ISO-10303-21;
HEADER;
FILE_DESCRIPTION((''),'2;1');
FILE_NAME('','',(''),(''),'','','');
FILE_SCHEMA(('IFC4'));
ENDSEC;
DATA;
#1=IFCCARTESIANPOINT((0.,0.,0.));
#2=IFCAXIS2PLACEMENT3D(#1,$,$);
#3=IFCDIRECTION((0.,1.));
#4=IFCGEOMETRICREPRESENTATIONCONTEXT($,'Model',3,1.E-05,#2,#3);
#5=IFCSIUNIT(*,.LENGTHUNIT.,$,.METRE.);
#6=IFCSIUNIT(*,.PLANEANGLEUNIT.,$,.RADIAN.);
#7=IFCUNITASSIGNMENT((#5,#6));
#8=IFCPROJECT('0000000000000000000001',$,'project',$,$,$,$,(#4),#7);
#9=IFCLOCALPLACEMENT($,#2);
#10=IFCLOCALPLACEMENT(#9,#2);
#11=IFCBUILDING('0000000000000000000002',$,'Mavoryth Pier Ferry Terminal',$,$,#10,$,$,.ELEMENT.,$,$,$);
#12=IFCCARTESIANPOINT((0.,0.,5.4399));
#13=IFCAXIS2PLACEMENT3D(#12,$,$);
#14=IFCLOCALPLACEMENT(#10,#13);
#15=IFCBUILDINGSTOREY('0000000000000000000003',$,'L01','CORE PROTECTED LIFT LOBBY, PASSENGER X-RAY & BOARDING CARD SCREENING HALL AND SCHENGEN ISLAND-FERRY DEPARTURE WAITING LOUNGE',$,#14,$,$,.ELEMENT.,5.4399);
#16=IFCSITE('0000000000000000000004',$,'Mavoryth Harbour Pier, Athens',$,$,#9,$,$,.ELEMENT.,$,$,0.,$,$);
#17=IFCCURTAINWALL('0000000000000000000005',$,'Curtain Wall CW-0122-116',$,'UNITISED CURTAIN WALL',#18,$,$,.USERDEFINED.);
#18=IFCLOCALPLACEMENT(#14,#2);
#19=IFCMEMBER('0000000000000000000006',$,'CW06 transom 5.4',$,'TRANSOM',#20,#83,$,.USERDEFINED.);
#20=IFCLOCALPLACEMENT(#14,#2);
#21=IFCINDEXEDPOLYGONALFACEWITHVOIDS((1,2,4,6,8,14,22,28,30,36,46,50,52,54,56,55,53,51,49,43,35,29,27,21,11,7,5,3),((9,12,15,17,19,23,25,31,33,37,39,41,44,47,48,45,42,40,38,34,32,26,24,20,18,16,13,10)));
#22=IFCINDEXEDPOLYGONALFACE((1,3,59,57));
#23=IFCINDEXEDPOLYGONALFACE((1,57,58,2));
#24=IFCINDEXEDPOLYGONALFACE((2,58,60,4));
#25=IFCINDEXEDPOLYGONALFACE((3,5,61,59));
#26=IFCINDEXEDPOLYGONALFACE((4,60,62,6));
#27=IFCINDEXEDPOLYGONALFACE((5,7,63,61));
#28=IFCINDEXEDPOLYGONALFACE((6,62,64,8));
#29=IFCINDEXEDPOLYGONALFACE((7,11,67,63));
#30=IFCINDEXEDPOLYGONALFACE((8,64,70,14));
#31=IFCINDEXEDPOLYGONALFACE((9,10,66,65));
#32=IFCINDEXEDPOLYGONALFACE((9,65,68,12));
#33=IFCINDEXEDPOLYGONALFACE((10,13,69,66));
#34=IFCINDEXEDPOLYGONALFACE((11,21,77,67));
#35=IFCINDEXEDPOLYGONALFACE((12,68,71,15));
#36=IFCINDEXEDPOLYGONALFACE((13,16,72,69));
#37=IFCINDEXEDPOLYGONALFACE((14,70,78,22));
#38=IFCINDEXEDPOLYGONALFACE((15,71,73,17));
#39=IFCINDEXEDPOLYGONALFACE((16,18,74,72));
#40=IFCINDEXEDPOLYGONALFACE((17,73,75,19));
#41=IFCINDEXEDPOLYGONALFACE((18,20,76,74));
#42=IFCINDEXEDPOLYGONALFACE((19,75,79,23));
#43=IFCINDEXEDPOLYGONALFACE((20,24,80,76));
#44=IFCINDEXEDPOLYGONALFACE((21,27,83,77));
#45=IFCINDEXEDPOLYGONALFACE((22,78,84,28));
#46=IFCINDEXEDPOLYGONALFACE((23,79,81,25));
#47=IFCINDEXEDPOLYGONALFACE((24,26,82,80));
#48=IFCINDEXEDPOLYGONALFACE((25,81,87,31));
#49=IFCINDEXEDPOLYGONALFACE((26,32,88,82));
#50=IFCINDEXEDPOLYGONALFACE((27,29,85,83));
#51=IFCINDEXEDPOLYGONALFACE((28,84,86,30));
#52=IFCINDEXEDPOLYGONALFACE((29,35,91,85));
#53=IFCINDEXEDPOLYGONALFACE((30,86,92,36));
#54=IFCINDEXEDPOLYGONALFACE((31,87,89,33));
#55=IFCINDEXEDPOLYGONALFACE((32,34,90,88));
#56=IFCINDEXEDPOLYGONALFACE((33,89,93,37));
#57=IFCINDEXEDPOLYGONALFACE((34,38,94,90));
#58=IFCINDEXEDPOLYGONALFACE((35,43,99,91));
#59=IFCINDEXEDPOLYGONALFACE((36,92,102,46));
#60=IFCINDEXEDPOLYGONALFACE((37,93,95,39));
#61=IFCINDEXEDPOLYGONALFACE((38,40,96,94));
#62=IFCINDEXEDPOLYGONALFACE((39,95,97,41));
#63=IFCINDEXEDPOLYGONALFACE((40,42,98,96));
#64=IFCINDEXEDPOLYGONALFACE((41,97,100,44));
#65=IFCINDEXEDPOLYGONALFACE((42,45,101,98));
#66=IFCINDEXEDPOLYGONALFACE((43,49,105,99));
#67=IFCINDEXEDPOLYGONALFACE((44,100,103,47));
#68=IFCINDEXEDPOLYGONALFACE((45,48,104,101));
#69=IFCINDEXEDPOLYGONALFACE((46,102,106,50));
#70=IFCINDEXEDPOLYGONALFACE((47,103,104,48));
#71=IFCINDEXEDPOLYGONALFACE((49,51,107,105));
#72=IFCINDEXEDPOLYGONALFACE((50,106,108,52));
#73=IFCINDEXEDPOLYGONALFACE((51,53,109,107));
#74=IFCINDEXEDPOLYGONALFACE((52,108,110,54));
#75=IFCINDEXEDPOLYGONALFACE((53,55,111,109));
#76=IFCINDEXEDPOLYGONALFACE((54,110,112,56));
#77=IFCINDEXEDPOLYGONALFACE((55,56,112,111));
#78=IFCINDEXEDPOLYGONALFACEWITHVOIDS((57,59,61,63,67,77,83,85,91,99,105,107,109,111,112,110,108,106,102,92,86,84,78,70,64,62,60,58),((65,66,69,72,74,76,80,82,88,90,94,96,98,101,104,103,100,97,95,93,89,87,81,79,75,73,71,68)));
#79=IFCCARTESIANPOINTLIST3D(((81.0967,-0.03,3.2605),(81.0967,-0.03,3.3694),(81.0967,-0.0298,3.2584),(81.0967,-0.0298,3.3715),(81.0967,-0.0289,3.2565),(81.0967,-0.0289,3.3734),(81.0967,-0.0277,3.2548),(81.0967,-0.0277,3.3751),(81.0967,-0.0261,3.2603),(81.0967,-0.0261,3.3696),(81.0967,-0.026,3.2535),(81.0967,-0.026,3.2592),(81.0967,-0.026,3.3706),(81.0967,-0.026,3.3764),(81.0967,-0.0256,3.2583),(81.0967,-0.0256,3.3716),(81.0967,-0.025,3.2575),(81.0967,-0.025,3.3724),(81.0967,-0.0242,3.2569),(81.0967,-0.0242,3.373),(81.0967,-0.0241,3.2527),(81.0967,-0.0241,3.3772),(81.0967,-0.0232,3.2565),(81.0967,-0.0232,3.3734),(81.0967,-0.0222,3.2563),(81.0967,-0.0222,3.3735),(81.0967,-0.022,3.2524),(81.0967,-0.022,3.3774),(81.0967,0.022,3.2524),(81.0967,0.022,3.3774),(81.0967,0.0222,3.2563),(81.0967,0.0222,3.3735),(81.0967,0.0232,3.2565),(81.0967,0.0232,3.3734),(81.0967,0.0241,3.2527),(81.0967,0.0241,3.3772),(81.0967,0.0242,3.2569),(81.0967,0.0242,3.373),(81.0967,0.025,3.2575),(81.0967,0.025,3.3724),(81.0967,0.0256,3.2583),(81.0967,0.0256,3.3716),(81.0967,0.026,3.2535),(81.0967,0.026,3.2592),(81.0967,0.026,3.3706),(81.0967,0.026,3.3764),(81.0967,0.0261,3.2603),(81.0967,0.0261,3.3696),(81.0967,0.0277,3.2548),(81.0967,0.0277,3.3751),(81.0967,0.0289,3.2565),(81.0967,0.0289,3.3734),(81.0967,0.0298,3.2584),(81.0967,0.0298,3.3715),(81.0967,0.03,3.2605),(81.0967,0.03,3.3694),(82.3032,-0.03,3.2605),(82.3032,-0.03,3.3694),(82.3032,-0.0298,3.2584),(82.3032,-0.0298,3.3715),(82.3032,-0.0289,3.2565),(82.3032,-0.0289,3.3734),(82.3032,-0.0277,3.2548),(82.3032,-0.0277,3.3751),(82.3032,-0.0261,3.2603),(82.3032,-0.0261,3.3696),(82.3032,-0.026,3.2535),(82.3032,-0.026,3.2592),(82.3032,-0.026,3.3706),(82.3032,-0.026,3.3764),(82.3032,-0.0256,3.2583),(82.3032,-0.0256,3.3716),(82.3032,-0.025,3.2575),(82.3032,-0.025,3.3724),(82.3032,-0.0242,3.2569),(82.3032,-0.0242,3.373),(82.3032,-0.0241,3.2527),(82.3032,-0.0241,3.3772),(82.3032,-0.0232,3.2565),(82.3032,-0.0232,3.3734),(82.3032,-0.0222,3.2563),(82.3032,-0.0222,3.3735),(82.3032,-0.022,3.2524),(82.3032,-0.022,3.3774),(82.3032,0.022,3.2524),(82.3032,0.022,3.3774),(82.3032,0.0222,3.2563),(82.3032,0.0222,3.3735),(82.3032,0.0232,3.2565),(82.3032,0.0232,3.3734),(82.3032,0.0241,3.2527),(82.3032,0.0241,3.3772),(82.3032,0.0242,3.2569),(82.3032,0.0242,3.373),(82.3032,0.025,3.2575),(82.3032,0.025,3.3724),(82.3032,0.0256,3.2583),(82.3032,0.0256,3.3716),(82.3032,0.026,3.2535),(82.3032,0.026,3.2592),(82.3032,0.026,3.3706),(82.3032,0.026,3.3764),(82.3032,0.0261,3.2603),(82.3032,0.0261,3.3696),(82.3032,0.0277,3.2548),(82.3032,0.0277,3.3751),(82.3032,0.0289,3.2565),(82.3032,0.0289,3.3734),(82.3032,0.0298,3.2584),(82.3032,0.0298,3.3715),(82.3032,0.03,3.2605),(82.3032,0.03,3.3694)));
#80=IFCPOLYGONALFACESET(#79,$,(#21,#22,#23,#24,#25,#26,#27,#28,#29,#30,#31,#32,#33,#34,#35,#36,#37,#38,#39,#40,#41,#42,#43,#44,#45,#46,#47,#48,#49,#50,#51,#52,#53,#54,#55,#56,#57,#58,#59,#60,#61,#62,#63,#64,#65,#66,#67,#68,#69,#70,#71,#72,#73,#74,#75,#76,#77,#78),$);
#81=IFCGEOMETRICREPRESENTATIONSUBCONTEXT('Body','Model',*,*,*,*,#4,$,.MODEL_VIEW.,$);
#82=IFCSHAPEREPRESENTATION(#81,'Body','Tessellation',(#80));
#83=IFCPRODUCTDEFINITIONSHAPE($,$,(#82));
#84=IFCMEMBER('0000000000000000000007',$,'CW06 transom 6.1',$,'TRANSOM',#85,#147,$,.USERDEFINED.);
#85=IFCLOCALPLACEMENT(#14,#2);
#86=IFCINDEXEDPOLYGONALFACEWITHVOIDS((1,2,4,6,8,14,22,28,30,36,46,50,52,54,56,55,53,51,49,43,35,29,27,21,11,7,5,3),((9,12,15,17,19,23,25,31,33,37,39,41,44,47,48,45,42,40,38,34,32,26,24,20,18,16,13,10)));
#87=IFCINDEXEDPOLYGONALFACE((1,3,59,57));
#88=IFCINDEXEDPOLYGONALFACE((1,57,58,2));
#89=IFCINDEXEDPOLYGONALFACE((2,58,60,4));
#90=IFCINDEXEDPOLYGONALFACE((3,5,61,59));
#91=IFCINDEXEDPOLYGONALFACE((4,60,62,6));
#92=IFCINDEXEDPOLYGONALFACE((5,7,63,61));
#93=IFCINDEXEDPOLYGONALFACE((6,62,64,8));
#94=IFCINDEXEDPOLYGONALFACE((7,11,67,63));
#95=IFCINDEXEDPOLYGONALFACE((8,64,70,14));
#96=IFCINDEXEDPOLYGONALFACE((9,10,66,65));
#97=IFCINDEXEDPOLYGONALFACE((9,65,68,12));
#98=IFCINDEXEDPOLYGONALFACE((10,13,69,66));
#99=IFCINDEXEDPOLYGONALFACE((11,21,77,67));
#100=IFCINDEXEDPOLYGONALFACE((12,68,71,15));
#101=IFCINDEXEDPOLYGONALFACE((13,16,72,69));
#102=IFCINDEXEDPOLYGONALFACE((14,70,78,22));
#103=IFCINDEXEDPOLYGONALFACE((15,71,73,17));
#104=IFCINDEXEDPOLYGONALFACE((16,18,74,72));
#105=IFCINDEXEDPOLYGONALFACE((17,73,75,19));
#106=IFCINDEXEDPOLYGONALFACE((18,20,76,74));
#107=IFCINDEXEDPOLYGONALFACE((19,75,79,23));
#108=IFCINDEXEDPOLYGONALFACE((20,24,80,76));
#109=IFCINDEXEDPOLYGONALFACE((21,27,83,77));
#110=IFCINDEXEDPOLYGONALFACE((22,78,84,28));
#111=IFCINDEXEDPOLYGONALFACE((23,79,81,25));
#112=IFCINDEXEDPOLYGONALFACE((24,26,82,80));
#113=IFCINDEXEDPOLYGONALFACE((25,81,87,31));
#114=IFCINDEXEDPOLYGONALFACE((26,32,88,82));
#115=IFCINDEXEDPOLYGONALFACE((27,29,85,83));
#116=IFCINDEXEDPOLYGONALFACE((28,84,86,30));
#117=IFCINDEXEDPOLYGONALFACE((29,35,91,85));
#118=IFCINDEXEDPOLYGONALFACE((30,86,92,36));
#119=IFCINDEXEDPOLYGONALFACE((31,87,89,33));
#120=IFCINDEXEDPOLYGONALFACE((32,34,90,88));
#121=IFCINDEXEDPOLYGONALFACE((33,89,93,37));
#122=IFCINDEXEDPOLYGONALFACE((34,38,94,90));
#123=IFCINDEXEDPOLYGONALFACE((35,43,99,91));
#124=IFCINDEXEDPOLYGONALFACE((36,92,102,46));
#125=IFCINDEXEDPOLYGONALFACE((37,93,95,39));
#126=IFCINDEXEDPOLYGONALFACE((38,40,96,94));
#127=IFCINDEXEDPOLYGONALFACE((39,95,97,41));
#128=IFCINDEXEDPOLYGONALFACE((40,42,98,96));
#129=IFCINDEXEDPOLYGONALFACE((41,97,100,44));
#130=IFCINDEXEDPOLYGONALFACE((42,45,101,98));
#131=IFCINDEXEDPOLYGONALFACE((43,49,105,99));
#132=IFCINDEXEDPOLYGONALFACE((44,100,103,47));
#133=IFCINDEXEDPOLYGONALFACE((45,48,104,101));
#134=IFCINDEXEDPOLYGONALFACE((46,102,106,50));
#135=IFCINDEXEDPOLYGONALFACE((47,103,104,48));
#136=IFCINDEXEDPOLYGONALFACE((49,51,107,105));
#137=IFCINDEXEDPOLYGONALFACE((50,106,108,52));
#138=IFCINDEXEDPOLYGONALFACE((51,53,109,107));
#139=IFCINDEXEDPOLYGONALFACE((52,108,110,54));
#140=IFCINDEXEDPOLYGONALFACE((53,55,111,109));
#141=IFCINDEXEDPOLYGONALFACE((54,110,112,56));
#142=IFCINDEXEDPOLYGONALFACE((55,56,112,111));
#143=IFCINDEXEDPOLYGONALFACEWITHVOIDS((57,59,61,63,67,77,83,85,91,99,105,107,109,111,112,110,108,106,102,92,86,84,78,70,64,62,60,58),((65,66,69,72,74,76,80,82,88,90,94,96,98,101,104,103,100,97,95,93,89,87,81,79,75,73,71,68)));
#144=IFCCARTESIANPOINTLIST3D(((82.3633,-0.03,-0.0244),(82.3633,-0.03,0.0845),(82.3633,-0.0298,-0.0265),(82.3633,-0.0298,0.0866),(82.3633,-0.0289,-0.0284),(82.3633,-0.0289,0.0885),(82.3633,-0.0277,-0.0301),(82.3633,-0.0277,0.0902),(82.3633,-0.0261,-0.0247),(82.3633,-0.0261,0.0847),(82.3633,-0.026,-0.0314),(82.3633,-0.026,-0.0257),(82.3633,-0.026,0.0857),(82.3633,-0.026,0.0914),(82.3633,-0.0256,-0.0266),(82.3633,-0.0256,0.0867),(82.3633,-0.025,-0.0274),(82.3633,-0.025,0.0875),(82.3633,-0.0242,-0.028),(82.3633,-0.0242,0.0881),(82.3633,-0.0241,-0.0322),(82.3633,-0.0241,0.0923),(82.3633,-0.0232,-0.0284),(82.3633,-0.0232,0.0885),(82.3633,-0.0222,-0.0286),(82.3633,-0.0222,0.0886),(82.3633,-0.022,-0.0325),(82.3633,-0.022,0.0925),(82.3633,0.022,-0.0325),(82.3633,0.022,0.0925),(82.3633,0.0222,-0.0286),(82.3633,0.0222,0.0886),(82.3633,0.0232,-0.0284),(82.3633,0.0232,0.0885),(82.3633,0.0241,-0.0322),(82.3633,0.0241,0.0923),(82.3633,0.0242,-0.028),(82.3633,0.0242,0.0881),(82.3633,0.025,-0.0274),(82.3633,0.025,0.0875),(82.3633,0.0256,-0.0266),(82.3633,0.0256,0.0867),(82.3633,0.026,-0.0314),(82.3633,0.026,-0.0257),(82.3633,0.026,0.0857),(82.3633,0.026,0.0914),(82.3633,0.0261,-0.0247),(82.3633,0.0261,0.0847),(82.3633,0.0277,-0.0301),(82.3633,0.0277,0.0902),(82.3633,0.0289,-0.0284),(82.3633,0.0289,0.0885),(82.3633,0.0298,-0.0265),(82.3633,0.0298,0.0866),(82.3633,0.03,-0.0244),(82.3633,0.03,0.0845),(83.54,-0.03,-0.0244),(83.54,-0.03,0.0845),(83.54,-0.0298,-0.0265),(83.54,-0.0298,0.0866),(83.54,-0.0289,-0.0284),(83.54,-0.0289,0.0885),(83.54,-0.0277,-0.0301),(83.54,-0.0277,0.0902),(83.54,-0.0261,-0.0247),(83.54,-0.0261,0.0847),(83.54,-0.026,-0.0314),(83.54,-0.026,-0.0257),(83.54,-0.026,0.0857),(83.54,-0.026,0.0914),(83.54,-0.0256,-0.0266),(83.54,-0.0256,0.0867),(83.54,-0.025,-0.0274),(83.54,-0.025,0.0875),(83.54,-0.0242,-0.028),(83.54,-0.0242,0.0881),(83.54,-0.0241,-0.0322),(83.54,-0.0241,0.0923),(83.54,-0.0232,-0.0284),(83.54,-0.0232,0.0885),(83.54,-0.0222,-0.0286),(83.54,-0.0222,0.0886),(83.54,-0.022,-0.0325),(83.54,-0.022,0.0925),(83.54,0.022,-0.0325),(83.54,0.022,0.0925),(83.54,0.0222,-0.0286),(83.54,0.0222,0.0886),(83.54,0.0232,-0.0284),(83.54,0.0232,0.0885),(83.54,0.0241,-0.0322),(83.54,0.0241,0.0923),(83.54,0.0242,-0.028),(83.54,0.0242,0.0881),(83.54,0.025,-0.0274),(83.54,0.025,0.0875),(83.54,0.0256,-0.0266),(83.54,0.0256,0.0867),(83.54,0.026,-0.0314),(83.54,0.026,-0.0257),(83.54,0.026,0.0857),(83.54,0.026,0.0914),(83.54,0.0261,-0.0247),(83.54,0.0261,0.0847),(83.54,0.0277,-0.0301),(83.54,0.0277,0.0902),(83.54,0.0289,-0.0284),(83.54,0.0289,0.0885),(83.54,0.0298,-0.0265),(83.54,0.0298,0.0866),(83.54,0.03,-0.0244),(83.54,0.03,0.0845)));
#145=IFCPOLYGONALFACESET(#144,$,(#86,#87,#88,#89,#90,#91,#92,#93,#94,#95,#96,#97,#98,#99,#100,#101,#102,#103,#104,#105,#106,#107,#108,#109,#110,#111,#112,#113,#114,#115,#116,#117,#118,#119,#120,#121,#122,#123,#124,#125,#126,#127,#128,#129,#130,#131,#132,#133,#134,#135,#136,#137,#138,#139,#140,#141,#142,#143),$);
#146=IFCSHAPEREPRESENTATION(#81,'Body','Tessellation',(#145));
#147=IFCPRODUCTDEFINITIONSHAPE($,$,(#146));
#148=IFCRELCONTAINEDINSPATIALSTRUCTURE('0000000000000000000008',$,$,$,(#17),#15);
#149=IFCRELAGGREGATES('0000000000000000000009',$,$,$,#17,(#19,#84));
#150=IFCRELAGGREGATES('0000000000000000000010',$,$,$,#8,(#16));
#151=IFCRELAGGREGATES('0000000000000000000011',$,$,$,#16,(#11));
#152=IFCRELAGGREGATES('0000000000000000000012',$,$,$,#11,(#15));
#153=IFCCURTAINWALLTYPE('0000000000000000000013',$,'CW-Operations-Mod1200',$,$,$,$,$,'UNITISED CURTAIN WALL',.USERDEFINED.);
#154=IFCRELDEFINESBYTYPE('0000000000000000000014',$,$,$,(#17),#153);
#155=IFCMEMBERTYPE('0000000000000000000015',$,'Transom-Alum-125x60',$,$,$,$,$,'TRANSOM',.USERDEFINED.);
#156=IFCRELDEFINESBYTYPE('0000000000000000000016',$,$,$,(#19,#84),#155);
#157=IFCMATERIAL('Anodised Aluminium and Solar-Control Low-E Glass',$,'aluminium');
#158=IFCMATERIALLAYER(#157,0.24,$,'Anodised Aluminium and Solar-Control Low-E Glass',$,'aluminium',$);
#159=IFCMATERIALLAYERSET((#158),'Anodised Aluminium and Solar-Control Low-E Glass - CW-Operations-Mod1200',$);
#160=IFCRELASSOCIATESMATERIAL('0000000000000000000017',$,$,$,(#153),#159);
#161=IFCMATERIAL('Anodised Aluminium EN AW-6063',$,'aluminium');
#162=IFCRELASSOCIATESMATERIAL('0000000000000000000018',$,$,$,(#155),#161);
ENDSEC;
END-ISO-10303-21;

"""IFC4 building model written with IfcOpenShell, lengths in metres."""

from ifc_helpers import new_model, si_unit, direction, frame, origin, origin_2d, place, context, subcontext, project, spatial, hollow_rectangle, extrude, material, layer, layer_set, material_profile, profile_set, type_object, element, aggregate, save


model = new_model("IFC4")

# Units and contexts
model_context = context("Model", 3, precision=1e-05, world=origin(), true_north=direction((0.0, 1.0)))
body_context = subcontext(model_context, "Body", "Model", "MODEL_VIEW")
ifc_project = project(units=[si_unit("LENGTHUNIT", "METRE"), si_unit("PLANEANGLEUNIT", "RADIAN")], contexts=[model_context])

# Site, building, storey
site_placement = place(None, origin())
site = spatial("IfcSite", under=ifc_project, at=site_placement, Name="Mavoryth Harbour Pier, Athens", CompositionType="ELEMENT", RefElevation=0.0)
building_placement = place(site_placement, origin())
building = spatial("IfcBuilding", under=site, at=building_placement, Name="Mavoryth Pier Ferry Terminal", CompositionType="ELEMENT")
storey_placement = place(building_placement, frame((0.0, 0.0, 5.4399)))
storey = spatial("IfcBuildingStorey", under=building, at=storey_placement, Name="L01", Description="CORE PROTECTED LIFT LOBBY, PASSENGER X-RAY & BOARDING CARD SCREENING HALL AND SCHENGEN ISLAND-FERRY DEPARTURE WAITING LOUNGE", CompositionType="ELEMENT", Elevation=5.4399)

# Curtain wall, members
ifc_material_1 = material(Name="Anodised Aluminium and Solar-Control Low-E Glass", Category="aluminium")
ifc_layer_1 = layer(ifc_material_1, 0.24, Name="Anodised Aluminium and Solar-Control Low-E Glass", Category="aluminium")
ifc_layer_set_1 = layer_set([ifc_layer_1], Name="Anodised Aluminium and Solar-Control Low-E Glass - CW-Operations-Mod1200")
curtain_wall_type = type_object("IfcCurtainWallType", Name="CW-Operations-Mod1200", ElementType="UNITISED CURTAIN WALL", PredefinedType="USERDEFINED", material=ifc_layer_set_1)
curtain_wall_placement = place(storey_placement, origin())
curtain_wall = element("IfcCurtainWall", 1, at=curtain_wall_placement, inside=storey, type_object=curtain_wall_type, Name="Curtain Wall CW-0122-116", ObjectType="UNITISED CURTAIN WALL", PredefinedType="USERDEFINED")
ifc_material_2 = material(Name="Anodised Aluminium EN AW-6063", Category="aluminium")
ifc_material_profile_1 = material_profile(ifc_material_2, hollow_rectangle(XDim=0.0601, YDim=0.125, WallThickness=0.0039, InnerFilletRadius=0.0039, OuterFilletRadius=0.0081, at=origin_2d()), Name="AL-TRAN 125x60x4", Category="aluminium")
ifc_profile_set_1 = profile_set([ifc_material_profile_1], Name="Anodised Aluminium EN AW-6063 - AL-TRAN 125x60x4")
member_type_1 = type_object("IfcMemberType", Name="Transom-Alum-125x60", ElementType="TRANSOM", PredefinedType="USERDEFINED", material=ifc_profile_set_1)
member_1_placement = place(storey_placement, frame((81.0967, 0.0, 3.3149), z_axis=(1.0, 0.0, 0.0), x_axis=(0.0, 1.0, 0.0)))
member_1 = element("IfcMember", 2, at=member_1_placement, type_object=member_type_1, Name="CW06 transom 5.4", ObjectType="TRANSOM", PredefinedType="USERDEFINED", context=body_context, shape_type="SweptSolid", body=[
    extrude(hollow_rectangle(XDim=0.0601, YDim=0.125, WallThickness=0.0039, InnerFilletRadius=0.0039, OuterFilletRadius=0.0081, at=origin_2d()), origin(), (0.0, 0.0, 1.0), 1.2065),
])
member_2_placement = place(storey_placement, frame((82.3633, 0.0, 0.03), z_axis=(1.0, 0.0, 0.0), x_axis=(0.0, 1.0, 0.0)))
member_2 = element("IfcMember", 3, at=member_2_placement, type_object=member_type_1, Name="CW06 transom 6.1", ObjectType="TRANSOM", PredefinedType="USERDEFINED", context=body_context, shape_type="SweptSolid", body=[
    extrude(hollow_rectangle(XDim=0.0601, YDim=0.125, WallThickness=0.0039, InnerFilletRadius=0.0039, OuterFilletRadius=0.0081, at=origin_2d()), origin(), (0.0, 0.0, 1.0), 1.1768),
])
aggregate(curtain_wall, [member_1, member_2])

save(model, "model.ifc")
